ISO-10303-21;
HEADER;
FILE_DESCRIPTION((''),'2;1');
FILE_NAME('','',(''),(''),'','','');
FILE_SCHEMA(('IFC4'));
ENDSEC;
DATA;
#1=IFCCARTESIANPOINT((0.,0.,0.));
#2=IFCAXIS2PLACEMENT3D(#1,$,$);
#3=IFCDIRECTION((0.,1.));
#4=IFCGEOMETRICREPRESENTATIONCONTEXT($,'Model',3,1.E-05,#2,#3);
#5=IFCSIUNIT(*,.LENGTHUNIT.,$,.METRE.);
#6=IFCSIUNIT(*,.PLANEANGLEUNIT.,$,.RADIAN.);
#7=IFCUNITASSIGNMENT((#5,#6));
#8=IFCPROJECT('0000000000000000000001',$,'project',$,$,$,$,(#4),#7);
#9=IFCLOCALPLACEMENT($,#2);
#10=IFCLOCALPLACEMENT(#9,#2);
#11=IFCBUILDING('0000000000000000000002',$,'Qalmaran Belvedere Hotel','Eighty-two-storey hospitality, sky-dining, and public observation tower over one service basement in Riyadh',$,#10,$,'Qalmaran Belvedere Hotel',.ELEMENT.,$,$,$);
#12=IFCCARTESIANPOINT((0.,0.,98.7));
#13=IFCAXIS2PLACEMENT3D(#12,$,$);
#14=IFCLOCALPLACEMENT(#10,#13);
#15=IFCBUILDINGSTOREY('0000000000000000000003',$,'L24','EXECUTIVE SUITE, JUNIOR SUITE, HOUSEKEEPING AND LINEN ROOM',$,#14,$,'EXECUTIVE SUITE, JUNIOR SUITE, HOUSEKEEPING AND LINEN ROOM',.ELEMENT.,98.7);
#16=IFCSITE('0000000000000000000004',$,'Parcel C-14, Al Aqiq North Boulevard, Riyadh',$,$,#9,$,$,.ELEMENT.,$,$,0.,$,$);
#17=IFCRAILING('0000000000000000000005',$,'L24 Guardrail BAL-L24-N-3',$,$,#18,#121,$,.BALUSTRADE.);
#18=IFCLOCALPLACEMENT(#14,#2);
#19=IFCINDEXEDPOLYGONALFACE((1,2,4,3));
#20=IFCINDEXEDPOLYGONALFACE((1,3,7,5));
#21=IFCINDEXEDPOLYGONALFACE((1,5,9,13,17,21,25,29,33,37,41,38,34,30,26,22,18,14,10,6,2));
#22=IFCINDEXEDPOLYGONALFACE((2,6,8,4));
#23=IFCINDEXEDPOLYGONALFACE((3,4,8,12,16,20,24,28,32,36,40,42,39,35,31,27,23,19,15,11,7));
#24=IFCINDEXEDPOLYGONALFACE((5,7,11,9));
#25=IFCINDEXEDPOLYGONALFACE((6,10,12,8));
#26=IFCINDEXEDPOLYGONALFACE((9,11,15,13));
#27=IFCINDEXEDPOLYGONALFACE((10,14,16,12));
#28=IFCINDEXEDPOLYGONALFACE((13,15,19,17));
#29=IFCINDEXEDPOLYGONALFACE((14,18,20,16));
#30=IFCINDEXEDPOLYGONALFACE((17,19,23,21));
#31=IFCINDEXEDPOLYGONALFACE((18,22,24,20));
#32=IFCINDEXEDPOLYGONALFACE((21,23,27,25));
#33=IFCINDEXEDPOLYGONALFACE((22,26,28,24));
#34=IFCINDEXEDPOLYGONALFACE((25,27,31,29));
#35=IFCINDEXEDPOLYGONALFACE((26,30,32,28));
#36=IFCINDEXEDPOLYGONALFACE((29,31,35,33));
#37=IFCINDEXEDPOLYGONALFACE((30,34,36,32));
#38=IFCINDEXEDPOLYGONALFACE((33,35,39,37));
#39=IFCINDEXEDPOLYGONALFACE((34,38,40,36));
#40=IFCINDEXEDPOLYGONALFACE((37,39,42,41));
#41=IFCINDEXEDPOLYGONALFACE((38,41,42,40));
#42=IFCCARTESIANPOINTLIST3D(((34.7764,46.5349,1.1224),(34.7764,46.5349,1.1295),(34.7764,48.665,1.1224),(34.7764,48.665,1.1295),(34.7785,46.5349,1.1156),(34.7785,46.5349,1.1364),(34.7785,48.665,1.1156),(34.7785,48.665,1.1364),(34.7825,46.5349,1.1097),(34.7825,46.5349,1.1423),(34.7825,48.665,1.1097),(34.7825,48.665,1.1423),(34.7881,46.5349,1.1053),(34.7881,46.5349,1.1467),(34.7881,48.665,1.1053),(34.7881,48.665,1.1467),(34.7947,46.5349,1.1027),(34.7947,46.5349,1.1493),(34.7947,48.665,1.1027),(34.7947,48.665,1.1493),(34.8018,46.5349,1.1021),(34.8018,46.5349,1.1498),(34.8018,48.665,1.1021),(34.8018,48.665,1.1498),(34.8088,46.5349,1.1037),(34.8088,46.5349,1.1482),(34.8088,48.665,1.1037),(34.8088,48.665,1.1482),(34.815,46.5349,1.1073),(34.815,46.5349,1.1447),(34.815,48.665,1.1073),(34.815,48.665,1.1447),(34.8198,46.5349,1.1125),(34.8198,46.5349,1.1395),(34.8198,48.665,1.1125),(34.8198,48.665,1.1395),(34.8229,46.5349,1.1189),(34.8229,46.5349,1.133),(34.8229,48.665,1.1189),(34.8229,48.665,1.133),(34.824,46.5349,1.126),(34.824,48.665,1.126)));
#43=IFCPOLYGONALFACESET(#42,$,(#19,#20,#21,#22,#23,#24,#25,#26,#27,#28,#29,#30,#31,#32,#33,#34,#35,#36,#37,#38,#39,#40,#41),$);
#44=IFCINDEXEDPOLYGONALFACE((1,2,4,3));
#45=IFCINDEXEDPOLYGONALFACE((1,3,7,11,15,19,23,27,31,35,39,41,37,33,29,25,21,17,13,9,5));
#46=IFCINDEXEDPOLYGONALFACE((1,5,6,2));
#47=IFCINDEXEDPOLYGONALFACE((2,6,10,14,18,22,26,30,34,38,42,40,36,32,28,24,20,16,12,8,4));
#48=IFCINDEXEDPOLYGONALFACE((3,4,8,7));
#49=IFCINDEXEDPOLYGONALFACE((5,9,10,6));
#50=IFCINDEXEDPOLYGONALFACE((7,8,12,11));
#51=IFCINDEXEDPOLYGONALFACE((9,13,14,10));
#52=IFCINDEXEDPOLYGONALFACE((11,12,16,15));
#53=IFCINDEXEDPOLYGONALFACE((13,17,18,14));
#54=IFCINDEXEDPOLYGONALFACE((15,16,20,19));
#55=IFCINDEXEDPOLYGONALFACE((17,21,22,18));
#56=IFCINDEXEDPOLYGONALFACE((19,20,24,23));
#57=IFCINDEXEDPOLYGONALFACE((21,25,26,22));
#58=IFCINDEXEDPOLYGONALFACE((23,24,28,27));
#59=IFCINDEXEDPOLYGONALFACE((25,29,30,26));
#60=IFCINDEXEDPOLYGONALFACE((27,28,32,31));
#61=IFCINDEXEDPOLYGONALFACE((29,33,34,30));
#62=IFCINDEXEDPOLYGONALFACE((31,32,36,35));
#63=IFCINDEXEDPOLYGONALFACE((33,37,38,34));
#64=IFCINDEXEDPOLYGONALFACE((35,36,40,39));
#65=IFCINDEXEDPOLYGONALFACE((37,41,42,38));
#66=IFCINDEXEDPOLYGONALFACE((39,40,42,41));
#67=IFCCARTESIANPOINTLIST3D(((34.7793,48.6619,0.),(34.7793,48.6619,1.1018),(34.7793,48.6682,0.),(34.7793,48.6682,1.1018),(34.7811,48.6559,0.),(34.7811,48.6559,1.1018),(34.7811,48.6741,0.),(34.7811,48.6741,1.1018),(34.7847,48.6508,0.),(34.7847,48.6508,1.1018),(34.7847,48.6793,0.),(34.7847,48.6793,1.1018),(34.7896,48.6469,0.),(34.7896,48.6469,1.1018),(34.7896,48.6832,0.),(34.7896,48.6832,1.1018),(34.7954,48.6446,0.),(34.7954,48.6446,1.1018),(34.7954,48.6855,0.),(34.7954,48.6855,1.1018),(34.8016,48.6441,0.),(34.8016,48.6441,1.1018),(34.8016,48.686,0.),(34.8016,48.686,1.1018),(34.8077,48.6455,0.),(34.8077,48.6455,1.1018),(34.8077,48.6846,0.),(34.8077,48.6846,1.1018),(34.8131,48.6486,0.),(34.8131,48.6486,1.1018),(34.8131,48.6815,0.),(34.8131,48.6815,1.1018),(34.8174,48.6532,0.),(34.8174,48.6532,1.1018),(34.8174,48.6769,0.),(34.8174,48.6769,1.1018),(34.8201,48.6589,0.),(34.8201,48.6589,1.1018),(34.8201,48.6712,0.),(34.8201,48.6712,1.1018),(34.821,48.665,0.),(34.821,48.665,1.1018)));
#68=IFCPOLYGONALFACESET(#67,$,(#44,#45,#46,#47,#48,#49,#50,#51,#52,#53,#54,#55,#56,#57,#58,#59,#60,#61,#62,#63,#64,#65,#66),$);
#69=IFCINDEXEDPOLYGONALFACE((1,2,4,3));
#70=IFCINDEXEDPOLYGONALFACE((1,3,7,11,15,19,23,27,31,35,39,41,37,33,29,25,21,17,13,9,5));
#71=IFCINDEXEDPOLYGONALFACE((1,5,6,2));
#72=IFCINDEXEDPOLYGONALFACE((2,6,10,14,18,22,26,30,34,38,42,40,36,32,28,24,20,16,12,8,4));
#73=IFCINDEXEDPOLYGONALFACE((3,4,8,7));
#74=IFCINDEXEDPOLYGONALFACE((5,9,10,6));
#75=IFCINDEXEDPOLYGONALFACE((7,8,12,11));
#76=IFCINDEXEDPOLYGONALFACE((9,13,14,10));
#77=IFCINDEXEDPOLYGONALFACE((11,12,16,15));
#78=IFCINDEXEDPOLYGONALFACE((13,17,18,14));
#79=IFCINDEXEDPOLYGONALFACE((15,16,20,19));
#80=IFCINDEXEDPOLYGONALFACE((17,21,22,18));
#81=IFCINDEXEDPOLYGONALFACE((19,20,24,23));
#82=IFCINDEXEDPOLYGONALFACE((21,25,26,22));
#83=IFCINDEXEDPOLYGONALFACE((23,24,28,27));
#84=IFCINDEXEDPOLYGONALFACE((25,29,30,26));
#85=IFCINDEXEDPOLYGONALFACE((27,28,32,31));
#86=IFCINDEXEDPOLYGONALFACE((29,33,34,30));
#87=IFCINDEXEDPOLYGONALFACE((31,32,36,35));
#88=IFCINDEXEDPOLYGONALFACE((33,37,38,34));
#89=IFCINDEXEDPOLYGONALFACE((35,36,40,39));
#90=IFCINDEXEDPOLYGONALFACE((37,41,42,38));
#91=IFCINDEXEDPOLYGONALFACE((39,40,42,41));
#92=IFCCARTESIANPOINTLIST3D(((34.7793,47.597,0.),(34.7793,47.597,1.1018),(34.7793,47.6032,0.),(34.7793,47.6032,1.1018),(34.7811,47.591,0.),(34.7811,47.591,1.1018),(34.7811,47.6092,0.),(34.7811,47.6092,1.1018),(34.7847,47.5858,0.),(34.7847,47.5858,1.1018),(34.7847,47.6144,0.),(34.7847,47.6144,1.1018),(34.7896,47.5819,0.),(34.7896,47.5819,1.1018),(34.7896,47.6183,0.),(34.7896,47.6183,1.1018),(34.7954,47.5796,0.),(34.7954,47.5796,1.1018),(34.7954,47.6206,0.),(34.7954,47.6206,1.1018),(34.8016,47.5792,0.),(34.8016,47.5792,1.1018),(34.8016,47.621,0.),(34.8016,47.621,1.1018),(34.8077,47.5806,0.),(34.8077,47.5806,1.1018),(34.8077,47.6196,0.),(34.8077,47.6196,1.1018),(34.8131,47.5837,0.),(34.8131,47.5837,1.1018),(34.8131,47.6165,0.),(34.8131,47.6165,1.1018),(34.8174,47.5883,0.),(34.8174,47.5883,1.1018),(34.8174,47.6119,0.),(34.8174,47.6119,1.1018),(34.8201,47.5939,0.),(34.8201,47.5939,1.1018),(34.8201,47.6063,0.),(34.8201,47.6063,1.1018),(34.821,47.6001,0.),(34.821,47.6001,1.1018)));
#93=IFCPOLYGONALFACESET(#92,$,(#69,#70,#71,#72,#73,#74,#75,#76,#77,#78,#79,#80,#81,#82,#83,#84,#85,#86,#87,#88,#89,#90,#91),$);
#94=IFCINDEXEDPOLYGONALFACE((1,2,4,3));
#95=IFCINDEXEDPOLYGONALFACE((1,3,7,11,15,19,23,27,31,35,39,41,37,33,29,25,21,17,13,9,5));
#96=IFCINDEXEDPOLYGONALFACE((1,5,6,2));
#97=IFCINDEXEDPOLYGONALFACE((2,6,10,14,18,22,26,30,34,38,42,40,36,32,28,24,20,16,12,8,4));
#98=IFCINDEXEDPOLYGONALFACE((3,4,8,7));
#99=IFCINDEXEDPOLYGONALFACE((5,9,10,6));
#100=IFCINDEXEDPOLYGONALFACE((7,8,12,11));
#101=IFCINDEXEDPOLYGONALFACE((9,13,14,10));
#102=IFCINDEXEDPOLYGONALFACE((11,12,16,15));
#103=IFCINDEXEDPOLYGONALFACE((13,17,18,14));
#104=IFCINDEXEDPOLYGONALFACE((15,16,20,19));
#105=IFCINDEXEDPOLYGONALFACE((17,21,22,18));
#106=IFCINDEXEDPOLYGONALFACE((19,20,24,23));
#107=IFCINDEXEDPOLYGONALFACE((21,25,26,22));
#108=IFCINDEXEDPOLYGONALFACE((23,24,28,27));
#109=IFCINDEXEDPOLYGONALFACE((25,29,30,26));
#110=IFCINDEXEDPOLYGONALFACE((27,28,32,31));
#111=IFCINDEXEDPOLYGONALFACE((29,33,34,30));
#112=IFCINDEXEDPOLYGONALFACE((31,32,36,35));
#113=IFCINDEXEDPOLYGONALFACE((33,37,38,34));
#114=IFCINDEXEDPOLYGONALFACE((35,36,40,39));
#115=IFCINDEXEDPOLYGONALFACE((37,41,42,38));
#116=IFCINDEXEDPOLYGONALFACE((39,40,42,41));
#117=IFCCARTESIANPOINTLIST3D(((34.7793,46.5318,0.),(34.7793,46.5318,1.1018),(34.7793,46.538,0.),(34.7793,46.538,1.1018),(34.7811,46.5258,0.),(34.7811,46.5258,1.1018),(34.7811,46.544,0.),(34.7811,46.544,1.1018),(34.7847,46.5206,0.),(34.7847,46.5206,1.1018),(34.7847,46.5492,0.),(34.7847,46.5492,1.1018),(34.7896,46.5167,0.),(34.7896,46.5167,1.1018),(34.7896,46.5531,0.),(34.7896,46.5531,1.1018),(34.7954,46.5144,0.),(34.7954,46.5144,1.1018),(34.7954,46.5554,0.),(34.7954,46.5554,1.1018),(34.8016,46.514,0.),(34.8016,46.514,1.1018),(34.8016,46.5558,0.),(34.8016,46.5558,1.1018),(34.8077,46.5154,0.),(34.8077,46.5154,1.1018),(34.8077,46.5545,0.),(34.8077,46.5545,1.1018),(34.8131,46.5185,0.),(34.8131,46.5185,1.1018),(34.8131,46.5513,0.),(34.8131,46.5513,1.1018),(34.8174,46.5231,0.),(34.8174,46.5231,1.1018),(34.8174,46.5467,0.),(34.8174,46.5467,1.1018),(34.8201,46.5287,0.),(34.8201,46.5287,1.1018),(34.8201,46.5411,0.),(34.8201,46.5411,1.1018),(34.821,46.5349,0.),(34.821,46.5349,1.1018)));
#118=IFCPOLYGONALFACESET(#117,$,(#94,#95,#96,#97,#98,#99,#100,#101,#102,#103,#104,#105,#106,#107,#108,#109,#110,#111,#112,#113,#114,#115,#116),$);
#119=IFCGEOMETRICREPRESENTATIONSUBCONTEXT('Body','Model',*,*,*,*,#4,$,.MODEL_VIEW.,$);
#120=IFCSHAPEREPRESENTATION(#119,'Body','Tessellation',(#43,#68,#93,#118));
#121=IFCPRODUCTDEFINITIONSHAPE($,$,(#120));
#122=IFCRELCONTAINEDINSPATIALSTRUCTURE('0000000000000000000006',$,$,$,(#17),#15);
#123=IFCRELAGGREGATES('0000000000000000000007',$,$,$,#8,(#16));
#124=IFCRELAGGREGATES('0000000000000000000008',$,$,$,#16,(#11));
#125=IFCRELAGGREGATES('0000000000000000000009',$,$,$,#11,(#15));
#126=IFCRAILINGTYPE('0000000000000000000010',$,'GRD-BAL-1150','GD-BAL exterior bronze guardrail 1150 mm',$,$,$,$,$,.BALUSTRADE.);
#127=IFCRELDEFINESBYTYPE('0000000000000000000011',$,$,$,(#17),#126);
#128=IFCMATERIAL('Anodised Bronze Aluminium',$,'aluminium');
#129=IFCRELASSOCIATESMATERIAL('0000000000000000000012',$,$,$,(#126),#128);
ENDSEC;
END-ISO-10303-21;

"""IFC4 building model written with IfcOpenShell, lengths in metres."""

from ifc_helpers import new_model, si_unit, direction, frame, origin, origin_2d, place, context, subcontext, project, spatial, circle, extrude, material, type_object, element, save


model = new_model("IFC4")

# Units and contexts
model_context = context("Model", 3, precision=1e-05, world=origin(), true_north=direction((0.0, 1.0)))
body_context = subcontext(model_context, "Body", "Model", "MODEL_VIEW")
ifc_project = project(units=[si_unit("LENGTHUNIT", "METRE"), si_unit("PLANEANGLEUNIT", "RADIAN")], contexts=[model_context])

# Site, building, storey
site_placement = place(None, origin())
site = spatial("IfcSite", under=ifc_project, at=site_placement, Name="Parcel C-14, Al Aqiq North Boulevard, Riyadh", CompositionType="ELEMENT", RefElevation=0.0)
building_placement = place(site_placement, origin())
building = spatial("IfcBuilding", under=site, at=building_placement, Name="Qalmaran Belvedere Hotel", Description="Eighty-two-storey hospitality, sky-dining, and public observation tower over one service basement in Riyadh", LongName="Qalmaran Belvedere Hotel", CompositionType="ELEMENT")
storey_placement = place(building_placement, frame((0.0, 0.0, 98.7)))
storey = spatial("IfcBuildingStorey", under=building, at=storey_placement, Name="L24", Description="EXECUTIVE SUITE, JUNIOR SUITE, HOUSEKEEPING AND LINEN ROOM", LongName="EXECUTIVE SUITE, JUNIOR SUITE, HOUSEKEEPING AND LINEN ROOM", CompositionType="ELEMENT", Elevation=98.7)

# Shared definitions
ifc_material_1 = material(Name="Anodised Bronze Aluminium", Category="aluminium")

# Railing
railing_type = type_object("IfcRailingType", Name="GRD-BAL-1150", Description="GD-BAL exterior bronze guardrail 1150 mm", PredefinedType="BALUSTRADE", material=ifc_material_1)
railing_1_placement = place(storey_placement, frame((34.8, 48.665, 0.0)))
element("IfcRailing", 1, at=railing_1_placement, inside=storey, type_object=railing_type, Name="L24 Guardrail BAL-L24-N-3", PredefinedType="BALUSTRADE", context=body_context, shape_type="SweptSolid", body=[
    extrude(circle(Radius=0.0239, at=origin_2d()), frame((0.0, 0.0, 1.126), z_axis=(0.0, -1.0, 0.0), x_axis=(1.0, 0.0, 0.0)), (0.0, 0.0, 1.0), 2.1301),
    extrude(circle(Radius=0.021, at=origin_2d()), origin(), (0.0, 0.0, 1.0), 1.1018),
    extrude(circle(Radius=0.021, at=origin_2d()), frame((0.0, -1.0649, 0.0)), (0.0, 0.0, 1.0), 1.1018),
    extrude(circle(Radius=0.021, at=origin_2d()), frame((0.0, -2.1301, 0.0)), (0.0, 0.0, 1.0), 1.1018),
])

save(model, "model.ifc")
